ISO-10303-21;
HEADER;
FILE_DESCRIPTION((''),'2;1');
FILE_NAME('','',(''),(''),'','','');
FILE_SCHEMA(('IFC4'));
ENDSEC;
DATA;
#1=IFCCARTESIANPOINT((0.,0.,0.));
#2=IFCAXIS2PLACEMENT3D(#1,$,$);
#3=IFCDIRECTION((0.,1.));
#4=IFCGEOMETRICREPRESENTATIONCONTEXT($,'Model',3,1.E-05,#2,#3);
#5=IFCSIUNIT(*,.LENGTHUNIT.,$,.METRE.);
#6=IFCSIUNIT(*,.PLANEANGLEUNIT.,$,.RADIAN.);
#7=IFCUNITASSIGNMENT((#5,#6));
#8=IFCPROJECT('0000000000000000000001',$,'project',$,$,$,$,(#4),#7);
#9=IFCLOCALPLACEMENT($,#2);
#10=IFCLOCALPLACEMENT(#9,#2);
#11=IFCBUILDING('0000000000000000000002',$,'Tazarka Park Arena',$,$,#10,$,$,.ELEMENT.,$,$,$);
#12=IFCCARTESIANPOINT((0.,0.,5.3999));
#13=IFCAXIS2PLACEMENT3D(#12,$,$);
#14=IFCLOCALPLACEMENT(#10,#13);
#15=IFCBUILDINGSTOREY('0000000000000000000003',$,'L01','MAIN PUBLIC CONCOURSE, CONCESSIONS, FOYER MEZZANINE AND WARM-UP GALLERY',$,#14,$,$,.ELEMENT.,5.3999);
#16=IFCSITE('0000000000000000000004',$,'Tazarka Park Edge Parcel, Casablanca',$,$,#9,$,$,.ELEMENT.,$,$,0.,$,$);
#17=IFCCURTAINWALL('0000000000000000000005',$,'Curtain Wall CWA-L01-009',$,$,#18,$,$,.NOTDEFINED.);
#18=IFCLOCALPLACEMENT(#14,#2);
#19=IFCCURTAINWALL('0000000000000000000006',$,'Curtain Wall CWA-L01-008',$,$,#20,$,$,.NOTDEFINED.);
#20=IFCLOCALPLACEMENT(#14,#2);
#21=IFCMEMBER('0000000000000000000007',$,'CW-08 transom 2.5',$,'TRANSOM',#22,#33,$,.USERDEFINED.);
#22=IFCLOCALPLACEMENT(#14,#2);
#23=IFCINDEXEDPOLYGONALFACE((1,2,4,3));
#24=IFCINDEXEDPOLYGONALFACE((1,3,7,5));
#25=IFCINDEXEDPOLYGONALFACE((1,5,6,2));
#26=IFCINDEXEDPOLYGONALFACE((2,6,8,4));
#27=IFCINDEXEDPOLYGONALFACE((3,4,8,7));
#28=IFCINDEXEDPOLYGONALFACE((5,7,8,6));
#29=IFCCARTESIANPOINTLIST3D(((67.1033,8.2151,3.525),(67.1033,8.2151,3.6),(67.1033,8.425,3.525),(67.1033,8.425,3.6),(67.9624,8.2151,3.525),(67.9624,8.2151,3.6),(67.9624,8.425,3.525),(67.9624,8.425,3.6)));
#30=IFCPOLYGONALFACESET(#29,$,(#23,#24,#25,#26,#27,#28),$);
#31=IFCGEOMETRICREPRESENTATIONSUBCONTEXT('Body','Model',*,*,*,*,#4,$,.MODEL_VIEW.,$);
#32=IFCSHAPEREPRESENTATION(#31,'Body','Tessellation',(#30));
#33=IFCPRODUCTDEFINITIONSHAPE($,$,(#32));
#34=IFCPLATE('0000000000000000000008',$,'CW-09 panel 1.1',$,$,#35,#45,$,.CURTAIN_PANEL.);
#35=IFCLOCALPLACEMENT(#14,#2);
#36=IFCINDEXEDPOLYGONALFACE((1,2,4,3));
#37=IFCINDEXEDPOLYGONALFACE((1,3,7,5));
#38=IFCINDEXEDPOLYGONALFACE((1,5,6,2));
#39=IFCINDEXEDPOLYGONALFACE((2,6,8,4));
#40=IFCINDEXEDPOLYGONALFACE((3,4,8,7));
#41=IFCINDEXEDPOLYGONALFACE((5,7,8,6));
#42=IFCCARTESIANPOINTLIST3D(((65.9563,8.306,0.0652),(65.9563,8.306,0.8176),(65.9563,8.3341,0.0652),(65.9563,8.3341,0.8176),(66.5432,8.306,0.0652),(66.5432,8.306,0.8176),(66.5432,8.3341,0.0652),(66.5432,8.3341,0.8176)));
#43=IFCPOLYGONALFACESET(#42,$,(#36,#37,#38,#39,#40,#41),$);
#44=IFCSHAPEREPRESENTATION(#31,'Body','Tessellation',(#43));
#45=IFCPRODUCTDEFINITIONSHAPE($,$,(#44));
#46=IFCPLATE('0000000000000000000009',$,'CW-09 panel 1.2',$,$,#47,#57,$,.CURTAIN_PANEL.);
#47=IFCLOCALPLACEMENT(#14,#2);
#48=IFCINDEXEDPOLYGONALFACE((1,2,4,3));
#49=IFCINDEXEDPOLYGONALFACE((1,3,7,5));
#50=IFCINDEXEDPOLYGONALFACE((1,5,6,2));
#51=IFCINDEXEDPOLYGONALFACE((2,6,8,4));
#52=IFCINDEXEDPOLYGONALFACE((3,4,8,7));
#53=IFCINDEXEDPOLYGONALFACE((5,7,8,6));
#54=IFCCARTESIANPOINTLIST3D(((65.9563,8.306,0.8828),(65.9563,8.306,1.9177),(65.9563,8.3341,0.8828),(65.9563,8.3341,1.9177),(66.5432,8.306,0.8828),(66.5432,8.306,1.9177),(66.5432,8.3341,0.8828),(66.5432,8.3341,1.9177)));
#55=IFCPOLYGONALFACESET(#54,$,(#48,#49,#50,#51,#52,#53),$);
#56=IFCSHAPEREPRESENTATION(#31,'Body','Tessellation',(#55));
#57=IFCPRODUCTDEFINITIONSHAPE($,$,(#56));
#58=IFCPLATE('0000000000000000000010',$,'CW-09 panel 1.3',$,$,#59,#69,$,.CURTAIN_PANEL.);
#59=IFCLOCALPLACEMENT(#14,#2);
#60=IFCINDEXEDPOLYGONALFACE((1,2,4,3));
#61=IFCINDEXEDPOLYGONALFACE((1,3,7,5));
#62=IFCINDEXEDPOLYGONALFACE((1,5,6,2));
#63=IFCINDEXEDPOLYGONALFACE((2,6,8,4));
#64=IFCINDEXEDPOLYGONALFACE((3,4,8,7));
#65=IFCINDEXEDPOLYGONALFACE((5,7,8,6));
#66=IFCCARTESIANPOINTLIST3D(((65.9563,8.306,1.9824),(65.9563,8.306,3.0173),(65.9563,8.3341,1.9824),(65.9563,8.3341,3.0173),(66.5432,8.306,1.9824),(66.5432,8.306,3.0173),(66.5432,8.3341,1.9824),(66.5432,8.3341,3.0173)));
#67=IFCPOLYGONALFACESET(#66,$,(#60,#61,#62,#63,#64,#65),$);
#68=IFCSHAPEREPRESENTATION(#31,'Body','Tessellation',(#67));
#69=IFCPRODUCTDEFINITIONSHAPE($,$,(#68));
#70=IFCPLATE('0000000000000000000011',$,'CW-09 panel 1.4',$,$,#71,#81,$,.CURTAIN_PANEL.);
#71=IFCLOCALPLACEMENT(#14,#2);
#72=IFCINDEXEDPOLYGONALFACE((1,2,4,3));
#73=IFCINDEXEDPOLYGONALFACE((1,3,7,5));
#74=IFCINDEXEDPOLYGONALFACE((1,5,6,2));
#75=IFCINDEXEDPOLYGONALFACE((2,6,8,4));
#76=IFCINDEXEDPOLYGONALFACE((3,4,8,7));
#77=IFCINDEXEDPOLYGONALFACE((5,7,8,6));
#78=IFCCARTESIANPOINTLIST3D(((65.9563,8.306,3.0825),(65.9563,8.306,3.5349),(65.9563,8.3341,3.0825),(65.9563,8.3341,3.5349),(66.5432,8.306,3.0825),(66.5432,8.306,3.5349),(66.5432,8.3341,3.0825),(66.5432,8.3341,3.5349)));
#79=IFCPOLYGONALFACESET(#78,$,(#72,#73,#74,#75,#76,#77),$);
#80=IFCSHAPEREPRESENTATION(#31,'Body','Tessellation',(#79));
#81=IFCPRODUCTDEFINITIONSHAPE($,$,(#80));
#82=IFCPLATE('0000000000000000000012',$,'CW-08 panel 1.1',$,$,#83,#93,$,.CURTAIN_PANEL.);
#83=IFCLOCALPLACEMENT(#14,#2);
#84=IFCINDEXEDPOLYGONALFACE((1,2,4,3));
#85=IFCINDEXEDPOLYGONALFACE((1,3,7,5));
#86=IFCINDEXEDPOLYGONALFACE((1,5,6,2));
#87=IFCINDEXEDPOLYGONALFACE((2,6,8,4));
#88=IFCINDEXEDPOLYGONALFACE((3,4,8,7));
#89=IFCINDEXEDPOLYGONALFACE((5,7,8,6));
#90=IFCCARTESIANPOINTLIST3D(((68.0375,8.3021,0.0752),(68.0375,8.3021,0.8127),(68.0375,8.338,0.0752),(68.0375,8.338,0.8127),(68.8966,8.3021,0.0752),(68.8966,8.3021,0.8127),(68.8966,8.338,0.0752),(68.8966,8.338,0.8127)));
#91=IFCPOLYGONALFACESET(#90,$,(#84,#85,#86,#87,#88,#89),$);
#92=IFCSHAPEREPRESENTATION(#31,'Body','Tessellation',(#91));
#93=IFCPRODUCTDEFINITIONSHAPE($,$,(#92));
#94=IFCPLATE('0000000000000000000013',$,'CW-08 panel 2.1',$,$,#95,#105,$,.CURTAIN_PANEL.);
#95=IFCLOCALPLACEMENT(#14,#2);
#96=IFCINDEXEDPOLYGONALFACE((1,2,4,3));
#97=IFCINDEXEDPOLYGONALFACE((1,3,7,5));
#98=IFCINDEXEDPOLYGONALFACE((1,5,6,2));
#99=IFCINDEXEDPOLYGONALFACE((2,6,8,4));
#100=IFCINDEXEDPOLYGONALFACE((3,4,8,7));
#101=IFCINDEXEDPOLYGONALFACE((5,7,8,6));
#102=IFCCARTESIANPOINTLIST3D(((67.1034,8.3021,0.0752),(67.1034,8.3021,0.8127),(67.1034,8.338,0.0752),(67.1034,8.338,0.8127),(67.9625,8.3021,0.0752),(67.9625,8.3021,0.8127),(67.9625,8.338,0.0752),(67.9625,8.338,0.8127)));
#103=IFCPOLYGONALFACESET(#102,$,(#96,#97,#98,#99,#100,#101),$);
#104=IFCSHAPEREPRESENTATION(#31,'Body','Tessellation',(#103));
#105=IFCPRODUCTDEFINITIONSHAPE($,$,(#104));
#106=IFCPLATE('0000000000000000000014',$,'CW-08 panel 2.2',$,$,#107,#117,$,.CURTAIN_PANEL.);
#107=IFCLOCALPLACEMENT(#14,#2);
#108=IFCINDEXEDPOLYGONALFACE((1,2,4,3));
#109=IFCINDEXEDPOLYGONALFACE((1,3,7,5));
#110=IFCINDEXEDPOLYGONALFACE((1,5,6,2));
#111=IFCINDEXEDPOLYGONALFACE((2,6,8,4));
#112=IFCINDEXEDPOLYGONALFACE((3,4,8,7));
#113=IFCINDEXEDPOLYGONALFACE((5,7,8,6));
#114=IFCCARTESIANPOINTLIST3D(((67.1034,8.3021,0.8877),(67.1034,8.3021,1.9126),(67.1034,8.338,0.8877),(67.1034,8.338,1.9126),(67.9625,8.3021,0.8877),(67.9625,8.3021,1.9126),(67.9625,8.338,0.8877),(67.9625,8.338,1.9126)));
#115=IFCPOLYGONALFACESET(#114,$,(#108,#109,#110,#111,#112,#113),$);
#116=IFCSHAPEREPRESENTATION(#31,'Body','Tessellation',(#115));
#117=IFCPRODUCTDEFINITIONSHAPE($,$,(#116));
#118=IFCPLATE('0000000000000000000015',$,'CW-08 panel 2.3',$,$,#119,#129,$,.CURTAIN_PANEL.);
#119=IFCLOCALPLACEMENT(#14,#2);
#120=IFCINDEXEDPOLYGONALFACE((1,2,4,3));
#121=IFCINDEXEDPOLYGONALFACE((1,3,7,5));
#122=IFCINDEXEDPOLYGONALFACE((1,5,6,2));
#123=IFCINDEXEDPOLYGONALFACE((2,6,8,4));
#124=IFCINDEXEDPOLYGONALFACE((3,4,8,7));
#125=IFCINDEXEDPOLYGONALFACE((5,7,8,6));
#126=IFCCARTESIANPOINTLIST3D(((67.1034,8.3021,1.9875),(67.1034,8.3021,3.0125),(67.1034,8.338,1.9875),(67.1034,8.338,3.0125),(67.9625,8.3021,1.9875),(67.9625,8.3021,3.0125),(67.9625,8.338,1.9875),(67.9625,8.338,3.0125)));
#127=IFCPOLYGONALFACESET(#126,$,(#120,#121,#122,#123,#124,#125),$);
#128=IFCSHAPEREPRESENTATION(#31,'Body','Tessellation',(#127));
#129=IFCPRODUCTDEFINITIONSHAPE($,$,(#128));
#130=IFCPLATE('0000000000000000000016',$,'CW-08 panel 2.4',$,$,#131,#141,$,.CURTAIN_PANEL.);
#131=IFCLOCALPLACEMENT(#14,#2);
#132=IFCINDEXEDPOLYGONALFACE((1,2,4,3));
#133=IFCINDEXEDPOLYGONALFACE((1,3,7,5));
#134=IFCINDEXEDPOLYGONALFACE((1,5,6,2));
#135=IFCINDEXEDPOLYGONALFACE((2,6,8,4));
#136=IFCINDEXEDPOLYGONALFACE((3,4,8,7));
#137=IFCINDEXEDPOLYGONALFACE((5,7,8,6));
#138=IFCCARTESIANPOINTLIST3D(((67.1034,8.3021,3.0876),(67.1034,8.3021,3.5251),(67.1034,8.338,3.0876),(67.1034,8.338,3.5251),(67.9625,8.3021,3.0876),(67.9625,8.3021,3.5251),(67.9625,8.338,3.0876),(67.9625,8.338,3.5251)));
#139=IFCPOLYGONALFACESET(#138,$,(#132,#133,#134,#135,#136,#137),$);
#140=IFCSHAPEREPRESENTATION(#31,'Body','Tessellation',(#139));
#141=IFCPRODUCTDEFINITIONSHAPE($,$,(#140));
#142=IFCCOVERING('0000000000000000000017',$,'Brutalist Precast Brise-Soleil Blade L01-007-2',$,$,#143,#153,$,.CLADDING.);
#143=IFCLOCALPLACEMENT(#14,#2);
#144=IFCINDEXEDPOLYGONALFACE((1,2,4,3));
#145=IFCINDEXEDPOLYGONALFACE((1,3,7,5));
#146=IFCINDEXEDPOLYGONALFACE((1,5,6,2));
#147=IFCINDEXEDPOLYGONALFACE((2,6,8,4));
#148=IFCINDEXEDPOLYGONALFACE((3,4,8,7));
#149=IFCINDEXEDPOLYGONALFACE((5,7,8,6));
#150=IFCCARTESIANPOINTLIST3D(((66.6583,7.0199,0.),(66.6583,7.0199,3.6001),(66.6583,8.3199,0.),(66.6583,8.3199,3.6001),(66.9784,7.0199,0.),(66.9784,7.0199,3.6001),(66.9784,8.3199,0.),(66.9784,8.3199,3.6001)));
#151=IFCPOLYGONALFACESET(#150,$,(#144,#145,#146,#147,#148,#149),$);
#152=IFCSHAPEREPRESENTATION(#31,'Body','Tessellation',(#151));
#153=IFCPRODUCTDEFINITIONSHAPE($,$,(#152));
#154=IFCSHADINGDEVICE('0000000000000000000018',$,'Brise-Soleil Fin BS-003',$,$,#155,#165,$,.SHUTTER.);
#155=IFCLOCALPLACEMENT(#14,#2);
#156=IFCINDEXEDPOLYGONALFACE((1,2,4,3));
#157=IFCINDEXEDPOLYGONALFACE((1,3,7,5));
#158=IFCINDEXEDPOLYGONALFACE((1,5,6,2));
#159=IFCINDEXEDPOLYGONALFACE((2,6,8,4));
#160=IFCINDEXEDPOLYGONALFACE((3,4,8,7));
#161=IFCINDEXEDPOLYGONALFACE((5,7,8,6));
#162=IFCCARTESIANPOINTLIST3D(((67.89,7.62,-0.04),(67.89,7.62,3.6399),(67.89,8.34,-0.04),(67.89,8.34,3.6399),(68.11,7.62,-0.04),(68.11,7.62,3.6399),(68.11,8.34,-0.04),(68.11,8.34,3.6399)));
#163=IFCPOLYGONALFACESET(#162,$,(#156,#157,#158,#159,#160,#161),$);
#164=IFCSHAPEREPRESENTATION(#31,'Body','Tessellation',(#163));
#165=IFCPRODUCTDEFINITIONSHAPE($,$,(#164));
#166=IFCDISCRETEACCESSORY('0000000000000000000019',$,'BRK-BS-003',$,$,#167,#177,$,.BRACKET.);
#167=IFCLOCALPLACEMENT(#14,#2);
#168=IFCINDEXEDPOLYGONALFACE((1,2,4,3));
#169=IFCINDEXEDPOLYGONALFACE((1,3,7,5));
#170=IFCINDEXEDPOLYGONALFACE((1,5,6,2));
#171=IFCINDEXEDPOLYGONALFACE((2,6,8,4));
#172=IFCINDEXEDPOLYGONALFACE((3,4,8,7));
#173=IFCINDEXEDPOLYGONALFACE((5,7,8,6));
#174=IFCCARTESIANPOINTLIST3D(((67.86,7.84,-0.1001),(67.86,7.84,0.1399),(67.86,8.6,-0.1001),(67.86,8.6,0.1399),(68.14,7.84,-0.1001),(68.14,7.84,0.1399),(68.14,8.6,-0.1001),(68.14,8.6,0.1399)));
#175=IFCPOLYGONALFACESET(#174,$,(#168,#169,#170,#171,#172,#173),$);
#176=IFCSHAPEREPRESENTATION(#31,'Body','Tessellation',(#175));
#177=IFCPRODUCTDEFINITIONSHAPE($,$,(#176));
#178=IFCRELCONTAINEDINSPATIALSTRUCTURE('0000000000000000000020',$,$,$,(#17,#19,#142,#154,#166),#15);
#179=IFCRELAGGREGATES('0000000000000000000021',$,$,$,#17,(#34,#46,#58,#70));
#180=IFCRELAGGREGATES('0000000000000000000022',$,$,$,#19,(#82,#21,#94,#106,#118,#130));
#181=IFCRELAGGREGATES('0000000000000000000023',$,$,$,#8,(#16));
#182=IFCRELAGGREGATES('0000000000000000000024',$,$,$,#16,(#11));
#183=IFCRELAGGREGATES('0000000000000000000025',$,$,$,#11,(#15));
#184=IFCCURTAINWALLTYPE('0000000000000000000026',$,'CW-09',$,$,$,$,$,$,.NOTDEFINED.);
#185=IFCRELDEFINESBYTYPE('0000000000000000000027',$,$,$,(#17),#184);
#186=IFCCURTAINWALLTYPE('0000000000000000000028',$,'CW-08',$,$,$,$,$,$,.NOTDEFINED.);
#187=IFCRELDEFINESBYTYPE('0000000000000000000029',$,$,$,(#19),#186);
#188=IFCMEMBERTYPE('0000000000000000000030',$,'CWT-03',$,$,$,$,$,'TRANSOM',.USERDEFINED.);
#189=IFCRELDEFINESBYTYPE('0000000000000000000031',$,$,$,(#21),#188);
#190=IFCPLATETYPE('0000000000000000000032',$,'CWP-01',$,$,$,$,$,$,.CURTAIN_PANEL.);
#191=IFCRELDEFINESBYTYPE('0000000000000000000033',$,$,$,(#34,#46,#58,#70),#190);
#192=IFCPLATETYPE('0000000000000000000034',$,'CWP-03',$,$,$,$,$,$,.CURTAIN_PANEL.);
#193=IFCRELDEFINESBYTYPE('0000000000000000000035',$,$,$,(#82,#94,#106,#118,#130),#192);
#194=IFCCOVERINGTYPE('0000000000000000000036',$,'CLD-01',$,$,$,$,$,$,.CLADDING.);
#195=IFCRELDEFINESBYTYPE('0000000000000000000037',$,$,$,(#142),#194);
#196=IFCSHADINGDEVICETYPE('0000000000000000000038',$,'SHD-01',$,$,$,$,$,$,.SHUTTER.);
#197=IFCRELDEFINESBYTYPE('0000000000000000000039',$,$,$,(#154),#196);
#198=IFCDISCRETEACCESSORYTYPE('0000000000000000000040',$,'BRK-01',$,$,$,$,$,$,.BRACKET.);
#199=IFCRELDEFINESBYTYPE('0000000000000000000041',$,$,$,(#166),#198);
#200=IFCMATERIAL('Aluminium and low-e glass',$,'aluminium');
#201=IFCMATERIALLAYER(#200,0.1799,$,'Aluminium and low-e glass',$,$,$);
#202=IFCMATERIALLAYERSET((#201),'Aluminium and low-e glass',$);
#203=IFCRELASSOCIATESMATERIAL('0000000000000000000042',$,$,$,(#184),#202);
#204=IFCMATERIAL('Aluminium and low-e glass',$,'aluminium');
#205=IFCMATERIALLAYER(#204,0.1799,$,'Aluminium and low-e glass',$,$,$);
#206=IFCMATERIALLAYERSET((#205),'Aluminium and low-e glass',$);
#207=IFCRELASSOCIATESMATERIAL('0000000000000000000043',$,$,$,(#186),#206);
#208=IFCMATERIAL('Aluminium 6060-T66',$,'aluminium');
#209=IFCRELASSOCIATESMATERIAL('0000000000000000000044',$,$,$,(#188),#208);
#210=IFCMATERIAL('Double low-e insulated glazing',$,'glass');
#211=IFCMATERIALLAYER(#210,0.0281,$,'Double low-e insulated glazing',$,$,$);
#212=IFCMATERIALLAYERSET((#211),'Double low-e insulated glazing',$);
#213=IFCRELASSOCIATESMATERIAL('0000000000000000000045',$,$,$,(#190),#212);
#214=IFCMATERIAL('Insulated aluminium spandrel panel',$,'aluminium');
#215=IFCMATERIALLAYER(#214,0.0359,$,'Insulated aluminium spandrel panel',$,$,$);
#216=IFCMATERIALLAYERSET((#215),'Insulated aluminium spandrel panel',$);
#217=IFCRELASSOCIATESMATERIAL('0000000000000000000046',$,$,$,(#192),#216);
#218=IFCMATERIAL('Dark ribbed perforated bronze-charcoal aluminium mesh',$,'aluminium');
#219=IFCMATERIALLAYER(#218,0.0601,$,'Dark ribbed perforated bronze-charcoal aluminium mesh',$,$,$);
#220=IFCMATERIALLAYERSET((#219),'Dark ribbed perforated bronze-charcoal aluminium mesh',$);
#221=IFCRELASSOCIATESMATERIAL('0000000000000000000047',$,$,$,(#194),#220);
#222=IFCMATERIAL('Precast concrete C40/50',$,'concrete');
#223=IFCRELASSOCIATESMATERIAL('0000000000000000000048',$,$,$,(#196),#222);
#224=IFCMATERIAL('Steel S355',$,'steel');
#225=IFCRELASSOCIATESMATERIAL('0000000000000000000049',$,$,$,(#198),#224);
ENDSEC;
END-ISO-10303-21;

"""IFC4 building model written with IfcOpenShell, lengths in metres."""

from ifc_helpers import new_model, si_unit, direction, frame, origin, origin_2d, place, context, subcontext, project, spatial, rectangle, extrude, material, layer, layer_set, material_profile, profile_set, type_object, element, aggregate, save


model = new_model("IFC4")

# Units and contexts
model_context = context("Model", 3, precision=1e-05, world=origin(), true_north=direction((0.0, 1.0)))
body_context = subcontext(model_context, "Body", "Model", "MODEL_VIEW")
ifc_project = project(units=[si_unit("LENGTHUNIT", "METRE"), si_unit("PLANEANGLEUNIT", "RADIAN")], contexts=[model_context])

# Site, building, storey
site_placement = place(None, origin())
site = spatial("IfcSite", under=ifc_project, at=site_placement, Name="Tazarka Park Edge Parcel, Casablanca", CompositionType="ELEMENT", RefElevation=0.0)
building_placement = place(site_placement, origin())
building = spatial("IfcBuilding", under=site, at=building_placement, Name="Tazarka Park Arena", CompositionType="ELEMENT")
storey_placement = place(building_placement, frame((0.0, 0.0, 5.3999)))
storey = spatial("IfcBuildingStorey", under=building, at=storey_placement, Name="L01", Description="MAIN PUBLIC CONCOURSE, CONCESSIONS, FOYER MEZZANINE AND WARM-UP GALLERY", CompositionType="ELEMENT", Elevation=5.3999)

# Curtain walls
ifc_material_1 = material(Name="Aluminium and low-e glass", Category="aluminium")
ifc_layer_1 = layer(ifc_material_1, 0.1799, Name="Aluminium and low-e glass")
ifc_layer_set_1 = layer_set([ifc_layer_1], Name="Aluminium and low-e glass")
curtain_wall_type_1 = type_object("IfcCurtainWallType", Name="CW-09", PredefinedType="NOTDEFINED", material=ifc_layer_set_1)
curtain_wall_1_placement = place(storey_placement, origin())
curtain_wall_1 = element("IfcCurtainWall", 1, at=curtain_wall_1_placement, inside=storey, type_object=curtain_wall_type_1, Name="Curtain Wall CWA-L01-009", PredefinedType="NOTDEFINED")
ifc_material_2 = material(Name="Aluminium and low-e glass", Category="aluminium")
ifc_layer_2 = layer(ifc_material_2, 0.1799, Name="Aluminium and low-e glass")
ifc_layer_set_2 = layer_set([ifc_layer_2], Name="Aluminium and low-e glass")
curtain_wall_type_2 = type_object("IfcCurtainWallType", Name="CW-08", PredefinedType="NOTDEFINED", material=ifc_layer_set_2)
curtain_wall_2_placement = place(storey_placement, origin())
curtain_wall_2 = element("IfcCurtainWall", 2, at=curtain_wall_2_placement, inside=storey, type_object=curtain_wall_type_2, Name="Curtain Wall CWA-L01-008", PredefinedType="NOTDEFINED")

# Member
ifc_material_3 = material(Name="Aluminium 6060-T66", Category="aluminium")
ifc_material_profile_1 = material_profile(ifc_material_3, rectangle(XDim=0.21, YDim=0.075, at=origin_2d()), Name="Aluminium 6060-T66")
ifc_profile_set_1 = profile_set([ifc_material_profile_1], Name="Aluminium 6060-T66")
member_type_1 = type_object("IfcMemberType", Name="CWT-03", ElementType="TRANSOM", PredefinedType="USERDEFINED", material=ifc_profile_set_1)
member_1_placement = place(storey_placement, frame((67.9624, 8.3201, 3.5625), z_axis=(-1.0, 0.0, 0.0), x_axis=(0.0, -1.0, 0.0)))
member_1 = element("IfcMember", 3, at=member_1_placement, type_object=member_type_1, Name="CW-08 transom 2.5", ObjectType="TRANSOM", PredefinedType="USERDEFINED", context=body_context, shape_type="SweptSolid", body=[
    extrude(rectangle(XDim=0.21, YDim=0.075, at=origin_2d()), origin(), (0.0, 0.0, 1.0), 0.8591),
])

# Plates
ifc_material_4 = material(Name="Double low-e insulated glazing", Category="glass")
ifc_layer_3 = layer(ifc_material_4, 0.0281, Name="Double low-e insulated glazing")
ifc_layer_set_3 = layer_set([ifc_layer_3], Name="Double low-e insulated glazing")
plate_type_1 = type_object("IfcPlateType", Name="CWP-01", PredefinedType="CURTAIN_PANEL", material=ifc_layer_set_3)
plate_1_placement = place(storey_placement, frame((66.2498, 8.3201, 0.0652), z_axis=(0.0, 0.0, 1.0), x_axis=(-1.0, 0.0, 0.0)))
plate_1 = element("IfcPlate", 4, at=plate_1_placement, type_object=plate_type_1, Name="CW-09 panel 1.1", PredefinedType="CURTAIN_PANEL", context=body_context, shape_type="SweptSolid", body=[
    extrude(rectangle(XDim=0.5869, YDim=0.0281, at=origin_2d()), origin(), (0.0, 0.0, 1.0), 0.7524),
])
plate_2_placement = place(storey_placement, frame((66.2498, 8.3201, 0.8828), z_axis=(0.0, 0.0, 1.0), x_axis=(-1.0, 0.0, 0.0)))
plate_2 = element("IfcPlate", 5, at=plate_2_placement, type_object=plate_type_1, Name="CW-09 panel 1.2", PredefinedType="CURTAIN_PANEL", context=body_context, shape_type="SweptSolid", body=[
    extrude(rectangle(XDim=0.5869, YDim=0.0281, at=origin_2d()), origin(), (0.0, 0.0, 1.0), 1.0349),
])
plate_3_placement = place(storey_placement, frame((66.2498, 8.3201, 1.9824), z_axis=(0.0, 0.0, 1.0), x_axis=(-1.0, 0.0, 0.0)))
plate_3 = element("IfcPlate", 6, at=plate_3_placement, type_object=plate_type_1, Name="CW-09 panel 1.3", PredefinedType="CURTAIN_PANEL", context=body_context, shape_type="SweptSolid", body=[
    extrude(rectangle(XDim=0.5869, YDim=0.0281, at=origin_2d()), origin(), (0.0, 0.0, 1.0), 1.0349),
])
plate_4_placement = place(storey_placement, frame((66.2498, 8.3201, 3.0825), z_axis=(0.0, 0.0, 1.0), x_axis=(-1.0, 0.0, 0.0)))
plate_4 = element("IfcPlate", 7, at=plate_4_placement, type_object=plate_type_1, Name="CW-09 panel 1.4", PredefinedType="CURTAIN_PANEL", context=body_context, shape_type="SweptSolid", body=[
    extrude(rectangle(XDim=0.5869, YDim=0.0281, at=origin_2d()), origin(), (0.0, 0.0, 1.0), 0.4524),
])
aggregate(curtain_wall_1, [plate_1, plate_2, plate_3, plate_4])
ifc_material_5 = material(Name="Insulated aluminium spandrel panel", Category="aluminium")
ifc_layer_4 = layer(ifc_material_5, 0.0359, Name="Insulated aluminium spandrel panel")
ifc_layer_set_4 = layer_set([ifc_layer_4], Name="Insulated aluminium spandrel panel")
plate_type_2 = type_object("IfcPlateType", Name="CWP-03", PredefinedType="CURTAIN_PANEL", material=ifc_layer_set_4)
plate_5_placement = place(storey_placement, frame((68.467, 8.3201, 0.0752), z_axis=(0.0, 0.0, 1.0), x_axis=(-1.0, 0.0, 0.0)))
plate_5 = element("IfcPlate", 8, at=plate_5_placement, type_object=plate_type_2, Name="CW-08 panel 1.1", PredefinedType="CURTAIN_PANEL", context=body_context, shape_type="SweptSolid", body=[
    extrude(rectangle(XDim=0.8591, YDim=0.0359, at=origin_2d()), origin(), (0.0, 0.0, 1.0), 0.7375),
])
plate_6_placement = place(storey_placement, frame((67.533, 8.3201, 0.0752), z_axis=(0.0, 0.0, 1.0), x_axis=(-1.0, 0.0, 0.0)))
plate_6 = element("IfcPlate", 9, at=plate_6_placement, type_object=plate_type_2, Name="CW-08 panel 2.1", PredefinedType="CURTAIN_PANEL", context=body_context, shape_type="SweptSolid", body=[
    extrude(rectangle(XDim=0.8591, YDim=0.0359, at=origin_2d()), origin(), (0.0, 0.0, 1.0), 0.7375),
])
plate_7_placement = place(storey_placement, frame((67.533, 8.3201, 0.8877), z_axis=(0.0, 0.0, 1.0), x_axis=(-1.0, 0.0, 0.0)))
plate_7 = element("IfcPlate", 10, at=plate_7_placement, type_object=plate_type_2, Name="CW-08 panel 2.2", PredefinedType="CURTAIN_PANEL", context=body_context, shape_type="SweptSolid", body=[
    extrude(rectangle(XDim=0.8591, YDim=0.0359, at=origin_2d()), origin(), (0.0, 0.0, 1.0), 1.0249),
])
plate_8_placement = place(storey_placement, frame((67.533, 8.3201, 1.9875), z_axis=(0.0, 0.0, 1.0), x_axis=(-1.0, 0.0, 0.0)))
plate_8 = element("IfcPlate", 11, at=plate_8_placement, type_object=plate_type_2, Name="CW-08 panel 2.3", PredefinedType="CURTAIN_PANEL", context=body_context, shape_type="SweptSolid", body=[
    extrude(rectangle(XDim=0.8591, YDim=0.0359, at=origin_2d()), origin(), (0.0, 0.0, 1.0), 1.0249),
])
plate_9_placement = place(storey_placement, frame((67.533, 8.3201, 3.0876), z_axis=(0.0, 0.0, 1.0), x_axis=(-1.0, 0.0, 0.0)))
plate_9 = element("IfcPlate", 12, at=plate_9_placement, type_object=plate_type_2, Name="CW-08 panel 2.4", PredefinedType="CURTAIN_PANEL", context=body_context, shape_type="SweptSolid", body=[
    extrude(rectangle(XDim=0.8591, YDim=0.0359, at=origin_2d()), origin(), (0.0, 0.0, 1.0), 0.4375),
])
aggregate(curtain_wall_2, [plate_5, member_1, plate_6, plate_7, plate_8, plate_9])

# Covering
ifc_material_6 = material(Name="Dark ribbed perforated bronze-charcoal aluminium mesh", Category="aluminium")
ifc_layer_5 = layer(ifc_material_6, 0.0601, Name="Dark ribbed perforated bronze-charcoal aluminium mesh")
ifc_layer_set_5 = layer_set([ifc_layer_5], Name="Dark ribbed perforated bronze-charcoal aluminium mesh")
covering_type = type_object("IfcCoveringType", Name="CLD-01", PredefinedType="CLADDING", material=ifc_layer_set_5)
covering_placement = place(storey_placement, frame((66.8184, 7.6699, 0.0), z_axis=(0.0, 0.0, 1.0), x_axis=(-1.0, 0.0, 0.0)))
element("IfcCovering", 13, at=covering_placement, inside=storey, type_object=covering_type, Name="Brutalist Precast Brise-Soleil Blade L01-007-2", PredefinedType="CLADDING", context=body_context, shape_type="SweptSolid", body=[
    extrude(rectangle(XDim=0.3201, YDim=1.3, at=origin_2d()), origin(), (0.0, 0.0, 1.0), 3.6001),
])

# Shading device
ifc_material_7 = material(Name="Precast concrete C40/50", Category="concrete")
shading_device_type = type_object("IfcShadingDeviceType", Name="SHD-01", PredefinedType="SHUTTER", material=ifc_material_7)
shading_device_placement = place(storey_placement, frame((68.0, 7.98, -0.04), z_axis=(0.0, 0.0, 1.0), x_axis=(-1.0, 0.0, 0.0)))
element("IfcShadingDevice", 14, at=shading_device_placement, inside=storey, type_object=shading_device_type, Name="Brise-Soleil Fin BS-003", PredefinedType="SHUTTER", context=body_context, shape_type="SweptSolid", body=[
    extrude(rectangle(XDim=0.22, YDim=0.72, at=origin_2d()), origin(), (0.0, 0.0, 1.0), 3.6799),
])

# Discrete accessory
ifc_material_8 = material(Name="Steel S355", Category="steel")
discrete_accessory_type = type_object("IfcDiscreteAccessoryType", Name="BRK-01", PredefinedType="BRACKET", material=ifc_material_8)
discrete_accessory_placement = place(storey_placement, frame((68.0, 8.22, -0.1001), z_axis=(0.0, 0.0, 1.0), x_axis=(-1.0, 0.0, 0.0)))
element("IfcDiscreteAccessory", 15, at=discrete_accessory_placement, inside=storey, type_object=discrete_accessory_type, Name="BRK-BS-003", PredefinedType="BRACKET", context=body_context, shape_type="SweptSolid", body=[
    extrude(rectangle(XDim=0.28, YDim=0.76, at=origin_2d()), origin(), (0.0, 0.0, 1.0), 0.24),
])

save(model, "model.ifc")
